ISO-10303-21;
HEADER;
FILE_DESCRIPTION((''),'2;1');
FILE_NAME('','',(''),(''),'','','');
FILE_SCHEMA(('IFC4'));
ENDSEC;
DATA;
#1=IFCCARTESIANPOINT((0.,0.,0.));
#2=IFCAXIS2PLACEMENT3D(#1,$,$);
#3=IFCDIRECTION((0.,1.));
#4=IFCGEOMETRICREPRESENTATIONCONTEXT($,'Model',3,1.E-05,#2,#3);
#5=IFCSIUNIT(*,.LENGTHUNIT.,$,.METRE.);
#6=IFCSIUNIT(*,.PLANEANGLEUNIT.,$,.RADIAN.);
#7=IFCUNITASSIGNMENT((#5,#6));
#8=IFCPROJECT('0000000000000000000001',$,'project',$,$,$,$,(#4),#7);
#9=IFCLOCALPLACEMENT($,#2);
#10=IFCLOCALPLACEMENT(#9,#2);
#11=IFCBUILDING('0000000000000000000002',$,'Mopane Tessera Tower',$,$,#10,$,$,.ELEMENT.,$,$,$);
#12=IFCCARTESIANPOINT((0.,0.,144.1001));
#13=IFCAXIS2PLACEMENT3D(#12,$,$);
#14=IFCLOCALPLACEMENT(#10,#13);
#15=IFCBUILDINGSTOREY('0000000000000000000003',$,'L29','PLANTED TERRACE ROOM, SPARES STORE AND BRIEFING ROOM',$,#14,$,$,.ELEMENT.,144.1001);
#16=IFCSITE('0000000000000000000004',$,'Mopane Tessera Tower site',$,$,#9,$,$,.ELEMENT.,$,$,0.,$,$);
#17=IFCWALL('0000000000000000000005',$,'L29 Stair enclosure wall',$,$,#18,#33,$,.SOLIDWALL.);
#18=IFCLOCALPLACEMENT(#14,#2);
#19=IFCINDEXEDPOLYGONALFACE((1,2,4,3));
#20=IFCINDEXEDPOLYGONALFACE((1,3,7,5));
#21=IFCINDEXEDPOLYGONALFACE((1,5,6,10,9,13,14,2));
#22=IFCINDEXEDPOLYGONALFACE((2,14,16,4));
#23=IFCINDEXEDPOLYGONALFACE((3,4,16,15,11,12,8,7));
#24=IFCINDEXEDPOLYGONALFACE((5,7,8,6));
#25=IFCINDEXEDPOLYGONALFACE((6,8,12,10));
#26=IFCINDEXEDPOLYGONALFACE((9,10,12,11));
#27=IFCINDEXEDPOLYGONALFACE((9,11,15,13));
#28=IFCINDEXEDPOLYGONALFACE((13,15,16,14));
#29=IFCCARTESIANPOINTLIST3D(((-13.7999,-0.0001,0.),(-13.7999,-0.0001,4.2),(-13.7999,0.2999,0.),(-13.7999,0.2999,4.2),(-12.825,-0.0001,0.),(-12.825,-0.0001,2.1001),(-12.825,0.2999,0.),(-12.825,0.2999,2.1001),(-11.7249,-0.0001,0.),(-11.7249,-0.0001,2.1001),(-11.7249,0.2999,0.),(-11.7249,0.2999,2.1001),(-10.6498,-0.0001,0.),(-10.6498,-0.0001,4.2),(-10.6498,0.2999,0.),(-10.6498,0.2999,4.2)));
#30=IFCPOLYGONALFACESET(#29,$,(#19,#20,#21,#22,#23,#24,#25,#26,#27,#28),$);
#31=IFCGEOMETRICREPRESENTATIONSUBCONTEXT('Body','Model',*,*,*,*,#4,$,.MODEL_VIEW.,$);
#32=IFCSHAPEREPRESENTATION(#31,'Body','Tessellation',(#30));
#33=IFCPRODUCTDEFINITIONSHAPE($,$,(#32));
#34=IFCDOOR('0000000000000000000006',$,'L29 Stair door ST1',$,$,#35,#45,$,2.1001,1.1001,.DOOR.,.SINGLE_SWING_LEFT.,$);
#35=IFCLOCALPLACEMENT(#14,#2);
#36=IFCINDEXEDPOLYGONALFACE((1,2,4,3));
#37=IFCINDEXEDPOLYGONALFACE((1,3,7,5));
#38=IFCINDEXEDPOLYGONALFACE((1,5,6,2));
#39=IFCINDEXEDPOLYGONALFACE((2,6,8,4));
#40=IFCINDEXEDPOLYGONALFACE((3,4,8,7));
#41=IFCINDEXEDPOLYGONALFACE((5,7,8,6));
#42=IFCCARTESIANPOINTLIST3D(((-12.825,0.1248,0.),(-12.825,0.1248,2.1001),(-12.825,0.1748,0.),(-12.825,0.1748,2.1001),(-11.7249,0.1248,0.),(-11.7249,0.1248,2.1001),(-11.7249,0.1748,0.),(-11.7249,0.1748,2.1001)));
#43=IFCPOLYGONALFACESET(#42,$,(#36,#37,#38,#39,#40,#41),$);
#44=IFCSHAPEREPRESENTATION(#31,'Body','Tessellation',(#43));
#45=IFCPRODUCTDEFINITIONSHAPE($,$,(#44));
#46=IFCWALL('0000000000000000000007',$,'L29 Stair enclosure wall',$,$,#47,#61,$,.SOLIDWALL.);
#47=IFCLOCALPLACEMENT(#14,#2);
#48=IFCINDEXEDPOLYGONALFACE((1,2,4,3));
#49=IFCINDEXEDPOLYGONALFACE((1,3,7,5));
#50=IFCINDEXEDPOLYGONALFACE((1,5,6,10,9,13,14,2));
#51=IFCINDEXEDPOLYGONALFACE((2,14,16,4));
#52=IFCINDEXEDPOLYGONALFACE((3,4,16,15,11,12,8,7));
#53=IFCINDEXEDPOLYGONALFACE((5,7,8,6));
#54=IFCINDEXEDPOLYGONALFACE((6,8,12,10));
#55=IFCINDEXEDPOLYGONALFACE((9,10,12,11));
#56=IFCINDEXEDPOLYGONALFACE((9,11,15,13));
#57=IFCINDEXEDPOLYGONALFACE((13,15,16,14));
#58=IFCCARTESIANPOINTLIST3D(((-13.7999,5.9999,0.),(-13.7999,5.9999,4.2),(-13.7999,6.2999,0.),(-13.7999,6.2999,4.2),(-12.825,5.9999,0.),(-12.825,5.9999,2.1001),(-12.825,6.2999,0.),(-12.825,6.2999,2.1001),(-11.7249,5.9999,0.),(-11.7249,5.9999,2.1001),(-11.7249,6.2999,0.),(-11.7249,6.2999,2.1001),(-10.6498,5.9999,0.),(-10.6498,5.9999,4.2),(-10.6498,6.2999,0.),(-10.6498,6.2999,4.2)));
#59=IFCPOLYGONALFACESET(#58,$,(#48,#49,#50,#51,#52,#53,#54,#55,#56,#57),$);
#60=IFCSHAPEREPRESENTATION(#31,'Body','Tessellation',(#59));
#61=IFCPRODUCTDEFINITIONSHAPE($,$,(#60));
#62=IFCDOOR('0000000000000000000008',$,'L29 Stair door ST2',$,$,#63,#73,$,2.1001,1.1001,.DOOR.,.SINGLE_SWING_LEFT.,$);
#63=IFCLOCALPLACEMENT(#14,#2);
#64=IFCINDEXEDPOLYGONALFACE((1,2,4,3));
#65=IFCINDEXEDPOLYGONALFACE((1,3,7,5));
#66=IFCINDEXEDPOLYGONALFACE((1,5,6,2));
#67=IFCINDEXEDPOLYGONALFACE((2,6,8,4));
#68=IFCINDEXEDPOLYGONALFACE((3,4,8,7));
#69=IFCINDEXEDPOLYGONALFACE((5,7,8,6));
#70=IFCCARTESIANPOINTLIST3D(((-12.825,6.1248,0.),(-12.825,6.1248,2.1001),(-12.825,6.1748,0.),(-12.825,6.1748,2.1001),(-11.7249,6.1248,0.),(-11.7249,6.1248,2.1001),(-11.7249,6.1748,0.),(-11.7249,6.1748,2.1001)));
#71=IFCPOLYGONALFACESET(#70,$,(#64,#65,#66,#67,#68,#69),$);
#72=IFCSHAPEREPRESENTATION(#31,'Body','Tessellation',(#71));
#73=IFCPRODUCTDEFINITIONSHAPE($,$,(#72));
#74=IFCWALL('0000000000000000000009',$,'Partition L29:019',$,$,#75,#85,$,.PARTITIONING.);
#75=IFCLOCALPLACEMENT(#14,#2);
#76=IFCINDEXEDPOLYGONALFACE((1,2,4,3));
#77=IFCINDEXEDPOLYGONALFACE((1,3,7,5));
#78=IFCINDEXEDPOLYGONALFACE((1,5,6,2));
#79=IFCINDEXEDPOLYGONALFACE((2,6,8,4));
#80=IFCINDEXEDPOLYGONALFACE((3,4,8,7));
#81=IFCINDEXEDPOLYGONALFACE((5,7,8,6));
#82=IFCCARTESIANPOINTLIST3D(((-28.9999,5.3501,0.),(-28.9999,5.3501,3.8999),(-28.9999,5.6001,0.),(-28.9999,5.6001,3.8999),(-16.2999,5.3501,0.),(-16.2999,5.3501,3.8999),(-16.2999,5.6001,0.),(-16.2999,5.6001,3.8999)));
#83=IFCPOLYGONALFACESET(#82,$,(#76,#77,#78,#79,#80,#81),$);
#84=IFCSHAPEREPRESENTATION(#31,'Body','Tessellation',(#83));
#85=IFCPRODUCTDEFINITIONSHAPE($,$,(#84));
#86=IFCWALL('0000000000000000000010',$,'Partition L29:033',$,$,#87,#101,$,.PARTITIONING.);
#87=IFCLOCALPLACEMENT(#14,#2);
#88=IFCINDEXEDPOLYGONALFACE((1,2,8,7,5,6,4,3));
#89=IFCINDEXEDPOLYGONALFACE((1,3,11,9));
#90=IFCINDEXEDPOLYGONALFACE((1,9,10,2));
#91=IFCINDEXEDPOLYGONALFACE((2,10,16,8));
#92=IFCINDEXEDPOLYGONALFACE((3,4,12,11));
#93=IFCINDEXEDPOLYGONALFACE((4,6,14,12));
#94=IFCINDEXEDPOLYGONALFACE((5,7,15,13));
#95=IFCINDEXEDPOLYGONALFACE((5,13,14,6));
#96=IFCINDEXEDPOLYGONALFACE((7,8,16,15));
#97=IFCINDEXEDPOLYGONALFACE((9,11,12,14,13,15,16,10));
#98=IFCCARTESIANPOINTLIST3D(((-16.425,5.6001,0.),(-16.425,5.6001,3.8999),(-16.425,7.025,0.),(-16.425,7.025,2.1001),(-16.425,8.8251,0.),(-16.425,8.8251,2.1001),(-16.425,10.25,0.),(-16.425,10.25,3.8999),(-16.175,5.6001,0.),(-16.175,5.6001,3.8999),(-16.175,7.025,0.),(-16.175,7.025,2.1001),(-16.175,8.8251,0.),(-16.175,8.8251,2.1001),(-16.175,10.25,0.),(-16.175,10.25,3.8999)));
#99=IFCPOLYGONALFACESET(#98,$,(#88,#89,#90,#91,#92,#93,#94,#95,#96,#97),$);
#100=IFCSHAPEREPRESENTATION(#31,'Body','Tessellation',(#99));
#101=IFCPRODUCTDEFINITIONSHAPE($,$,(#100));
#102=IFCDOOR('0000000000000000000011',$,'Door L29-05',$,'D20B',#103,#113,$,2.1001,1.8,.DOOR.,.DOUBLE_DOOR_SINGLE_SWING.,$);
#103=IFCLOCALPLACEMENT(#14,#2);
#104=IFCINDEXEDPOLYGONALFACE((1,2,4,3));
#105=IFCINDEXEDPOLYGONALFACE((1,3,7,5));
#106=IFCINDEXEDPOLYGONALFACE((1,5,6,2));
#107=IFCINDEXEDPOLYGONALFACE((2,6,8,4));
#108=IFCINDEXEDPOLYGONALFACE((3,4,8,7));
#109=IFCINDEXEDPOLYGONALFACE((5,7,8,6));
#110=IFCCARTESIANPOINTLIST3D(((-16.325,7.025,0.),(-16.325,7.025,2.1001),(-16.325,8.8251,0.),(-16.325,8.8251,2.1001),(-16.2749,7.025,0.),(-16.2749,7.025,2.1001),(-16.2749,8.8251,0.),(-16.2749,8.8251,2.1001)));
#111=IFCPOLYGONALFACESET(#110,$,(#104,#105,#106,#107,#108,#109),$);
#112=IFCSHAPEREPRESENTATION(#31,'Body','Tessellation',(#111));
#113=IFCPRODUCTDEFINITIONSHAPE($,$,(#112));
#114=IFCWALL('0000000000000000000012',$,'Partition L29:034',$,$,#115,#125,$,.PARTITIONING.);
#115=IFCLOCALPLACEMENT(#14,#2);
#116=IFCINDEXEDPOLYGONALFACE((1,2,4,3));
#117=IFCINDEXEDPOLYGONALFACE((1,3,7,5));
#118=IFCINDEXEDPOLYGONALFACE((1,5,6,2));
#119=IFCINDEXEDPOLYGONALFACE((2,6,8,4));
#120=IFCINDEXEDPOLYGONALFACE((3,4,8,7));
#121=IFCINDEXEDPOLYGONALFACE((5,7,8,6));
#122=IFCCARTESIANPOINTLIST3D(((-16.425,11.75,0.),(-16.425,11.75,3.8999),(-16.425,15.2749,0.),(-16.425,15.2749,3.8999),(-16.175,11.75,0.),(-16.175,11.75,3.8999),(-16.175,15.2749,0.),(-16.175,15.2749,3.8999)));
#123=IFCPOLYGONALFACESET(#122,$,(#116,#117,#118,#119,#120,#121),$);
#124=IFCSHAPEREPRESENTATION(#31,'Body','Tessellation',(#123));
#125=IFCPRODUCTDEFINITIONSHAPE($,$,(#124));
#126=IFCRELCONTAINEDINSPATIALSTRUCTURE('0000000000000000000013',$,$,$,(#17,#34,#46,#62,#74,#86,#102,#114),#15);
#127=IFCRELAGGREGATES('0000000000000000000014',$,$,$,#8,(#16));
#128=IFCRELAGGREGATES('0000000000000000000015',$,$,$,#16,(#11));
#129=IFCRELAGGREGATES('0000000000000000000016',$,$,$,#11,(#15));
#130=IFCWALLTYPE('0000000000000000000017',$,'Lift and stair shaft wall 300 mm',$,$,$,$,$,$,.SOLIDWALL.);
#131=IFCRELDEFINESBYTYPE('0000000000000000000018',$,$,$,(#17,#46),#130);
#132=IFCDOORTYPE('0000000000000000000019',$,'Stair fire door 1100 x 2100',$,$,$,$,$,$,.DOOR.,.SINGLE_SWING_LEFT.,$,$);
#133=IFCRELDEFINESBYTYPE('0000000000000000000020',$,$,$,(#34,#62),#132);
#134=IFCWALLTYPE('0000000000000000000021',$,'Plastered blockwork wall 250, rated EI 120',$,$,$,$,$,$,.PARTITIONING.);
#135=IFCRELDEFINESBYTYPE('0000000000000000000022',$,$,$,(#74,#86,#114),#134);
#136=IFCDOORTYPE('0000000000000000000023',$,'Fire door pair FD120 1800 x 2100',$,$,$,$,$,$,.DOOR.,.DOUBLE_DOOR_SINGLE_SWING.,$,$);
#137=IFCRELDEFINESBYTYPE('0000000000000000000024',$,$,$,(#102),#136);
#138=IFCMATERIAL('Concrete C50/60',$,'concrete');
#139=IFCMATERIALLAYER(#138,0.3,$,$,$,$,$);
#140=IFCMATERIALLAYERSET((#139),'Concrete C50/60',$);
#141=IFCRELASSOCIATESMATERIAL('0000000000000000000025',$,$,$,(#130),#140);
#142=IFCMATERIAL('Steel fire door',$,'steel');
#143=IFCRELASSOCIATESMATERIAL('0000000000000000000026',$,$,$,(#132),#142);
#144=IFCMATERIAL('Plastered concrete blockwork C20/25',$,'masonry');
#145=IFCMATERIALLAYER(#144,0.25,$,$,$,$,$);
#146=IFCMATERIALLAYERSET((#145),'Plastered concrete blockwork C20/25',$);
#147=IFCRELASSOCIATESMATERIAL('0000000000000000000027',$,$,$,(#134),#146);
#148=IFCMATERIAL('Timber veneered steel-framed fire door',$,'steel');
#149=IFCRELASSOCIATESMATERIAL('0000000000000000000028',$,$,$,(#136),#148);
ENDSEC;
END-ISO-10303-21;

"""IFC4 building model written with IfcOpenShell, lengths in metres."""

from ifc_helpers import new_model, si_unit, direction, frame, frame_2d, origin, place, context, subcontext, project, spatial, rectangle, extrude, material, layer, layer_set, type_object, element, fill, save


model = new_model("IFC4")

# Units and contexts
model_context = context("Model", 3, precision=1e-05, world=origin(), true_north=direction((0.0, 1.0)))
body_context = subcontext(model_context, "Body", "Model", "MODEL_VIEW")
ifc_project = project(units=[si_unit("LENGTHUNIT", "METRE"), si_unit("PLANEANGLEUNIT", "RADIAN")], contexts=[model_context])

# Site, building, storey
site_placement = place(None, origin())
site = spatial("IfcSite", under=ifc_project, at=site_placement, Name="Mopane Tessera Tower site", CompositionType="ELEMENT", RefElevation=0.0)
building_placement = place(site_placement, origin())
building = spatial("IfcBuilding", under=site, at=building_placement, Name="Mopane Tessera Tower", CompositionType="ELEMENT")
storey_placement = place(building_placement, frame((0.0, 0.0, 144.1001)))
storey = spatial("IfcBuildingStorey", under=building, at=storey_placement, Name="L29", Description="PLANTED TERRACE ROOM, SPARES STORE AND BRIEFING ROOM", CompositionType="ELEMENT", Elevation=144.1001)

# Walls, openings, doors
ifc_material_1 = material(Name="Concrete C50/60", Category="concrete")
ifc_layer_1 = layer(ifc_material_1, 0.3)
ifc_layer_set_1 = layer_set([ifc_layer_1], Name="Concrete C50/60")
wall_type_1 = type_object("IfcWallType", Name="Lift and stair shaft wall 300 mm", PredefinedType="SOLIDWALL", material=ifc_layer_set_1)
wall_1_placement = place(storey_placement, frame((-13.8, 0.1499, 0.0), z_axis=(0.0, 0.0, 1.0), x_axis=(1.0, 0.0, 0.0)))
wall_1 = element("IfcWall", 1, at=wall_1_placement, inside=storey, type_object=wall_type_1, Name="L29 Stair enclosure wall", PredefinedType="SOLIDWALL", context=body_context, shape_type="SweptSolid", body=[
    extrude(rectangle(XDim=3.1501, YDim=0.3, at=frame_2d((1.5752, 0.0))), origin(), (0.0, 0.0, 1.0), 4.2),
])
opening_1_placement = place(wall_1_placement, frame((0.9751, 0.0, 0.0)))
opening_1 = element("IfcOpeningElement", 2, at=opening_1_placement, cuts=wall_1, PredefinedType="OPENING", context=body_context, shape_type="SweptSolid", body=[
    extrude(rectangle(XDim=1.1001, YDim=2.1001, at=frame_2d((0.55, 1.05))), frame((0.0, 0.1621, 0.0), z_axis=(0.0, -1.0, 0.0), x_axis=(1.0, 0.0, 0.0)), (0.0, 0.0, 1.0), 0.324),
])
ifc_material_2 = material(Name="Steel fire door", Category="steel")
door_type_1 = type_object("IfcDoorType", Name="Stair fire door 1100 x 2100", OperationType="SINGLE_SWING_LEFT", PredefinedType="DOOR", material=ifc_material_2)
door_1_placement = place(opening_1_placement, origin())
door_1 = element("IfcDoor", 3, at=door_1_placement, inside=storey, type_object=door_type_1, Name="L29 Stair door ST1", OperationType="SINGLE_SWING_LEFT", OverallHeight=2.1001, OverallWidth=1.1001, PredefinedType="DOOR", context=body_context, shape_type="SweptSolid", body=[
    extrude(rectangle(XDim=1.1001, YDim=2.1001, at=frame_2d((0.55, 1.05))), frame((0.0, 0.0249, 0.0), z_axis=(0.0, -1.0, 0.0), x_axis=(1.0, 0.0, 0.0)), (0.0, 0.0, 1.0), 0.05),
])
fill(opening_1, door_1)
wall_2_placement = place(storey_placement, frame((-13.8, 6.1499, 0.0), z_axis=(0.0, 0.0, 1.0), x_axis=(1.0, 0.0, 0.0)))
wall_2 = element("IfcWall", 4, at=wall_2_placement, inside=storey, type_object=wall_type_1, Name="L29 Stair enclosure wall", PredefinedType="SOLIDWALL", context=body_context, shape_type="SweptSolid", body=[
    extrude(rectangle(XDim=3.1501, YDim=0.3, at=frame_2d((1.5752, 0.0))), origin(), (0.0, 0.0, 1.0), 4.2),
])
opening_2_placement = place(wall_2_placement, frame((0.9751, 0.0, 0.0)))
opening_2 = element("IfcOpeningElement", 5, at=opening_2_placement, cuts=wall_2, PredefinedType="OPENING", context=body_context, shape_type="SweptSolid", body=[
    extrude(rectangle(XDim=1.1001, YDim=2.1001, at=frame_2d((0.55, 1.05))), frame((0.0, 0.1621, 0.0), z_axis=(0.0, -1.0, 0.0), x_axis=(1.0, 0.0, 0.0)), (0.0, 0.0, 1.0), 0.324),
])
door_2_placement = place(opening_2_placement, origin())
door_2 = element("IfcDoor", 6, at=door_2_placement, inside=storey, type_object=door_type_1, Name="L29 Stair door ST2", OperationType="SINGLE_SWING_LEFT", OverallHeight=2.1001, OverallWidth=1.1001, PredefinedType="DOOR", context=body_context, shape_type="SweptSolid", body=[
    extrude(rectangle(XDim=1.1001, YDim=2.1001, at=frame_2d((0.55, 1.05))), frame((0.0, 0.0249, 0.0), z_axis=(0.0, -1.0, 0.0), x_axis=(1.0, 0.0, 0.0)), (0.0, 0.0, 1.0), 0.05),
])
fill(opening_2, door_2)

# Wall
ifc_material_3 = material(Name="Plastered concrete blockwork C20/25", Category="masonry")
ifc_layer_2 = layer(ifc_material_3, 0.25)
ifc_layer_set_2 = layer_set([ifc_layer_2], Name="Plastered concrete blockwork C20/25")
wall_type_2 = type_object("IfcWallType", Name="Plastered blockwork wall 250, rated EI 120", PredefinedType="PARTITIONING", material=ifc_layer_set_2)
wall_3_placement = place(storey_placement, frame((-29.0, 5.4751, 0.0), z_axis=(0.0, 0.0, 1.0), x_axis=(1.0, 0.0, 0.0)))
element("IfcWall", 7, at=wall_3_placement, inside=storey, type_object=wall_type_2, Name="Partition L29:019", PredefinedType="PARTITIONING", context=body_context, shape_type="SweptSolid", body=[
    extrude(rectangle(XDim=12.7, YDim=0.25, at=frame_2d((6.3501, 0.0))), origin(), (0.0, 0.0, 1.0), 3.8999),
])

# Wall, opening, door
wall_4_placement = place(storey_placement, frame((-16.3, 5.6001, 0.0), z_axis=(0.0, 0.0, 1.0), x_axis=(0.0, 1.0, 0.0)))
wall_4 = element("IfcWall", 8, at=wall_4_placement, inside=storey, type_object=wall_type_2, Name="Partition L29:033", PredefinedType="PARTITIONING", context=body_context, shape_type="SweptSolid", body=[
    extrude(rectangle(XDim=4.6499, YDim=0.25, at=frame_2d((2.325, 0.0))), origin(), (0.0, 0.0, 1.0), 3.8999),
])
opening_3_placement = place(wall_4_placement, frame((1.425, 0.0, 0.0)))
opening_3 = element("IfcOpeningElement", 9, at=opening_3_placement, cuts=wall_4, PredefinedType="OPENING", context=body_context, shape_type="SweptSolid", body=[
    extrude(rectangle(XDim=1.8, YDim=2.1001, at=frame_2d((0.8999, 1.05))), frame((0.0, 0.137, 0.0), z_axis=(0.0, -1.0, 0.0), x_axis=(1.0, 0.0, 0.0)), (0.0, 0.0, 1.0), 0.2739),
])
ifc_material_4 = material(Name="Timber veneered steel-framed fire door", Category="steel")
door_type_2 = type_object("IfcDoorType", Name="Fire door pair FD120 1800 x 2100", OperationType="DOUBLE_DOOR_SINGLE_SWING", PredefinedType="DOOR", material=ifc_material_4)
door_3_placement = place(opening_3_placement, origin())
door_3 = element("IfcDoor", 10, at=door_3_placement, inside=storey, type_object=door_type_2, Name="Door L29-05", ObjectType="D20B", OperationType="DOUBLE_DOOR_SINGLE_SWING", OverallHeight=2.1001, OverallWidth=1.8, PredefinedType="DOOR", context=body_context, shape_type="SweptSolid", body=[
    extrude(rectangle(XDim=1.8, YDim=2.1001, at=frame_2d((0.8999, 1.05))), frame((0.0, 0.0249, 0.0), z_axis=(0.0, -1.0, 0.0), x_axis=(1.0, 0.0, 0.0)), (0.0, 0.0, 1.0), 0.05),
])
fill(opening_3, door_3)

# Wall
wall_5_placement = place(storey_placement, frame((-16.3, 11.75, 0.0), z_axis=(0.0, 0.0, 1.0), x_axis=(0.0, 1.0, 0.0)))
element("IfcWall", 11, at=wall_5_placement, inside=storey, type_object=wall_type_2, Name="Partition L29:034", PredefinedType="PARTITIONING", context=body_context, shape_type="SweptSolid", body=[
    extrude(rectangle(XDim=3.5249, YDim=0.25, at=frame_2d((1.7625, 0.0))), origin(), (0.0, 0.0, 1.0), 3.8999),
])

save(model, "model.ifc")
